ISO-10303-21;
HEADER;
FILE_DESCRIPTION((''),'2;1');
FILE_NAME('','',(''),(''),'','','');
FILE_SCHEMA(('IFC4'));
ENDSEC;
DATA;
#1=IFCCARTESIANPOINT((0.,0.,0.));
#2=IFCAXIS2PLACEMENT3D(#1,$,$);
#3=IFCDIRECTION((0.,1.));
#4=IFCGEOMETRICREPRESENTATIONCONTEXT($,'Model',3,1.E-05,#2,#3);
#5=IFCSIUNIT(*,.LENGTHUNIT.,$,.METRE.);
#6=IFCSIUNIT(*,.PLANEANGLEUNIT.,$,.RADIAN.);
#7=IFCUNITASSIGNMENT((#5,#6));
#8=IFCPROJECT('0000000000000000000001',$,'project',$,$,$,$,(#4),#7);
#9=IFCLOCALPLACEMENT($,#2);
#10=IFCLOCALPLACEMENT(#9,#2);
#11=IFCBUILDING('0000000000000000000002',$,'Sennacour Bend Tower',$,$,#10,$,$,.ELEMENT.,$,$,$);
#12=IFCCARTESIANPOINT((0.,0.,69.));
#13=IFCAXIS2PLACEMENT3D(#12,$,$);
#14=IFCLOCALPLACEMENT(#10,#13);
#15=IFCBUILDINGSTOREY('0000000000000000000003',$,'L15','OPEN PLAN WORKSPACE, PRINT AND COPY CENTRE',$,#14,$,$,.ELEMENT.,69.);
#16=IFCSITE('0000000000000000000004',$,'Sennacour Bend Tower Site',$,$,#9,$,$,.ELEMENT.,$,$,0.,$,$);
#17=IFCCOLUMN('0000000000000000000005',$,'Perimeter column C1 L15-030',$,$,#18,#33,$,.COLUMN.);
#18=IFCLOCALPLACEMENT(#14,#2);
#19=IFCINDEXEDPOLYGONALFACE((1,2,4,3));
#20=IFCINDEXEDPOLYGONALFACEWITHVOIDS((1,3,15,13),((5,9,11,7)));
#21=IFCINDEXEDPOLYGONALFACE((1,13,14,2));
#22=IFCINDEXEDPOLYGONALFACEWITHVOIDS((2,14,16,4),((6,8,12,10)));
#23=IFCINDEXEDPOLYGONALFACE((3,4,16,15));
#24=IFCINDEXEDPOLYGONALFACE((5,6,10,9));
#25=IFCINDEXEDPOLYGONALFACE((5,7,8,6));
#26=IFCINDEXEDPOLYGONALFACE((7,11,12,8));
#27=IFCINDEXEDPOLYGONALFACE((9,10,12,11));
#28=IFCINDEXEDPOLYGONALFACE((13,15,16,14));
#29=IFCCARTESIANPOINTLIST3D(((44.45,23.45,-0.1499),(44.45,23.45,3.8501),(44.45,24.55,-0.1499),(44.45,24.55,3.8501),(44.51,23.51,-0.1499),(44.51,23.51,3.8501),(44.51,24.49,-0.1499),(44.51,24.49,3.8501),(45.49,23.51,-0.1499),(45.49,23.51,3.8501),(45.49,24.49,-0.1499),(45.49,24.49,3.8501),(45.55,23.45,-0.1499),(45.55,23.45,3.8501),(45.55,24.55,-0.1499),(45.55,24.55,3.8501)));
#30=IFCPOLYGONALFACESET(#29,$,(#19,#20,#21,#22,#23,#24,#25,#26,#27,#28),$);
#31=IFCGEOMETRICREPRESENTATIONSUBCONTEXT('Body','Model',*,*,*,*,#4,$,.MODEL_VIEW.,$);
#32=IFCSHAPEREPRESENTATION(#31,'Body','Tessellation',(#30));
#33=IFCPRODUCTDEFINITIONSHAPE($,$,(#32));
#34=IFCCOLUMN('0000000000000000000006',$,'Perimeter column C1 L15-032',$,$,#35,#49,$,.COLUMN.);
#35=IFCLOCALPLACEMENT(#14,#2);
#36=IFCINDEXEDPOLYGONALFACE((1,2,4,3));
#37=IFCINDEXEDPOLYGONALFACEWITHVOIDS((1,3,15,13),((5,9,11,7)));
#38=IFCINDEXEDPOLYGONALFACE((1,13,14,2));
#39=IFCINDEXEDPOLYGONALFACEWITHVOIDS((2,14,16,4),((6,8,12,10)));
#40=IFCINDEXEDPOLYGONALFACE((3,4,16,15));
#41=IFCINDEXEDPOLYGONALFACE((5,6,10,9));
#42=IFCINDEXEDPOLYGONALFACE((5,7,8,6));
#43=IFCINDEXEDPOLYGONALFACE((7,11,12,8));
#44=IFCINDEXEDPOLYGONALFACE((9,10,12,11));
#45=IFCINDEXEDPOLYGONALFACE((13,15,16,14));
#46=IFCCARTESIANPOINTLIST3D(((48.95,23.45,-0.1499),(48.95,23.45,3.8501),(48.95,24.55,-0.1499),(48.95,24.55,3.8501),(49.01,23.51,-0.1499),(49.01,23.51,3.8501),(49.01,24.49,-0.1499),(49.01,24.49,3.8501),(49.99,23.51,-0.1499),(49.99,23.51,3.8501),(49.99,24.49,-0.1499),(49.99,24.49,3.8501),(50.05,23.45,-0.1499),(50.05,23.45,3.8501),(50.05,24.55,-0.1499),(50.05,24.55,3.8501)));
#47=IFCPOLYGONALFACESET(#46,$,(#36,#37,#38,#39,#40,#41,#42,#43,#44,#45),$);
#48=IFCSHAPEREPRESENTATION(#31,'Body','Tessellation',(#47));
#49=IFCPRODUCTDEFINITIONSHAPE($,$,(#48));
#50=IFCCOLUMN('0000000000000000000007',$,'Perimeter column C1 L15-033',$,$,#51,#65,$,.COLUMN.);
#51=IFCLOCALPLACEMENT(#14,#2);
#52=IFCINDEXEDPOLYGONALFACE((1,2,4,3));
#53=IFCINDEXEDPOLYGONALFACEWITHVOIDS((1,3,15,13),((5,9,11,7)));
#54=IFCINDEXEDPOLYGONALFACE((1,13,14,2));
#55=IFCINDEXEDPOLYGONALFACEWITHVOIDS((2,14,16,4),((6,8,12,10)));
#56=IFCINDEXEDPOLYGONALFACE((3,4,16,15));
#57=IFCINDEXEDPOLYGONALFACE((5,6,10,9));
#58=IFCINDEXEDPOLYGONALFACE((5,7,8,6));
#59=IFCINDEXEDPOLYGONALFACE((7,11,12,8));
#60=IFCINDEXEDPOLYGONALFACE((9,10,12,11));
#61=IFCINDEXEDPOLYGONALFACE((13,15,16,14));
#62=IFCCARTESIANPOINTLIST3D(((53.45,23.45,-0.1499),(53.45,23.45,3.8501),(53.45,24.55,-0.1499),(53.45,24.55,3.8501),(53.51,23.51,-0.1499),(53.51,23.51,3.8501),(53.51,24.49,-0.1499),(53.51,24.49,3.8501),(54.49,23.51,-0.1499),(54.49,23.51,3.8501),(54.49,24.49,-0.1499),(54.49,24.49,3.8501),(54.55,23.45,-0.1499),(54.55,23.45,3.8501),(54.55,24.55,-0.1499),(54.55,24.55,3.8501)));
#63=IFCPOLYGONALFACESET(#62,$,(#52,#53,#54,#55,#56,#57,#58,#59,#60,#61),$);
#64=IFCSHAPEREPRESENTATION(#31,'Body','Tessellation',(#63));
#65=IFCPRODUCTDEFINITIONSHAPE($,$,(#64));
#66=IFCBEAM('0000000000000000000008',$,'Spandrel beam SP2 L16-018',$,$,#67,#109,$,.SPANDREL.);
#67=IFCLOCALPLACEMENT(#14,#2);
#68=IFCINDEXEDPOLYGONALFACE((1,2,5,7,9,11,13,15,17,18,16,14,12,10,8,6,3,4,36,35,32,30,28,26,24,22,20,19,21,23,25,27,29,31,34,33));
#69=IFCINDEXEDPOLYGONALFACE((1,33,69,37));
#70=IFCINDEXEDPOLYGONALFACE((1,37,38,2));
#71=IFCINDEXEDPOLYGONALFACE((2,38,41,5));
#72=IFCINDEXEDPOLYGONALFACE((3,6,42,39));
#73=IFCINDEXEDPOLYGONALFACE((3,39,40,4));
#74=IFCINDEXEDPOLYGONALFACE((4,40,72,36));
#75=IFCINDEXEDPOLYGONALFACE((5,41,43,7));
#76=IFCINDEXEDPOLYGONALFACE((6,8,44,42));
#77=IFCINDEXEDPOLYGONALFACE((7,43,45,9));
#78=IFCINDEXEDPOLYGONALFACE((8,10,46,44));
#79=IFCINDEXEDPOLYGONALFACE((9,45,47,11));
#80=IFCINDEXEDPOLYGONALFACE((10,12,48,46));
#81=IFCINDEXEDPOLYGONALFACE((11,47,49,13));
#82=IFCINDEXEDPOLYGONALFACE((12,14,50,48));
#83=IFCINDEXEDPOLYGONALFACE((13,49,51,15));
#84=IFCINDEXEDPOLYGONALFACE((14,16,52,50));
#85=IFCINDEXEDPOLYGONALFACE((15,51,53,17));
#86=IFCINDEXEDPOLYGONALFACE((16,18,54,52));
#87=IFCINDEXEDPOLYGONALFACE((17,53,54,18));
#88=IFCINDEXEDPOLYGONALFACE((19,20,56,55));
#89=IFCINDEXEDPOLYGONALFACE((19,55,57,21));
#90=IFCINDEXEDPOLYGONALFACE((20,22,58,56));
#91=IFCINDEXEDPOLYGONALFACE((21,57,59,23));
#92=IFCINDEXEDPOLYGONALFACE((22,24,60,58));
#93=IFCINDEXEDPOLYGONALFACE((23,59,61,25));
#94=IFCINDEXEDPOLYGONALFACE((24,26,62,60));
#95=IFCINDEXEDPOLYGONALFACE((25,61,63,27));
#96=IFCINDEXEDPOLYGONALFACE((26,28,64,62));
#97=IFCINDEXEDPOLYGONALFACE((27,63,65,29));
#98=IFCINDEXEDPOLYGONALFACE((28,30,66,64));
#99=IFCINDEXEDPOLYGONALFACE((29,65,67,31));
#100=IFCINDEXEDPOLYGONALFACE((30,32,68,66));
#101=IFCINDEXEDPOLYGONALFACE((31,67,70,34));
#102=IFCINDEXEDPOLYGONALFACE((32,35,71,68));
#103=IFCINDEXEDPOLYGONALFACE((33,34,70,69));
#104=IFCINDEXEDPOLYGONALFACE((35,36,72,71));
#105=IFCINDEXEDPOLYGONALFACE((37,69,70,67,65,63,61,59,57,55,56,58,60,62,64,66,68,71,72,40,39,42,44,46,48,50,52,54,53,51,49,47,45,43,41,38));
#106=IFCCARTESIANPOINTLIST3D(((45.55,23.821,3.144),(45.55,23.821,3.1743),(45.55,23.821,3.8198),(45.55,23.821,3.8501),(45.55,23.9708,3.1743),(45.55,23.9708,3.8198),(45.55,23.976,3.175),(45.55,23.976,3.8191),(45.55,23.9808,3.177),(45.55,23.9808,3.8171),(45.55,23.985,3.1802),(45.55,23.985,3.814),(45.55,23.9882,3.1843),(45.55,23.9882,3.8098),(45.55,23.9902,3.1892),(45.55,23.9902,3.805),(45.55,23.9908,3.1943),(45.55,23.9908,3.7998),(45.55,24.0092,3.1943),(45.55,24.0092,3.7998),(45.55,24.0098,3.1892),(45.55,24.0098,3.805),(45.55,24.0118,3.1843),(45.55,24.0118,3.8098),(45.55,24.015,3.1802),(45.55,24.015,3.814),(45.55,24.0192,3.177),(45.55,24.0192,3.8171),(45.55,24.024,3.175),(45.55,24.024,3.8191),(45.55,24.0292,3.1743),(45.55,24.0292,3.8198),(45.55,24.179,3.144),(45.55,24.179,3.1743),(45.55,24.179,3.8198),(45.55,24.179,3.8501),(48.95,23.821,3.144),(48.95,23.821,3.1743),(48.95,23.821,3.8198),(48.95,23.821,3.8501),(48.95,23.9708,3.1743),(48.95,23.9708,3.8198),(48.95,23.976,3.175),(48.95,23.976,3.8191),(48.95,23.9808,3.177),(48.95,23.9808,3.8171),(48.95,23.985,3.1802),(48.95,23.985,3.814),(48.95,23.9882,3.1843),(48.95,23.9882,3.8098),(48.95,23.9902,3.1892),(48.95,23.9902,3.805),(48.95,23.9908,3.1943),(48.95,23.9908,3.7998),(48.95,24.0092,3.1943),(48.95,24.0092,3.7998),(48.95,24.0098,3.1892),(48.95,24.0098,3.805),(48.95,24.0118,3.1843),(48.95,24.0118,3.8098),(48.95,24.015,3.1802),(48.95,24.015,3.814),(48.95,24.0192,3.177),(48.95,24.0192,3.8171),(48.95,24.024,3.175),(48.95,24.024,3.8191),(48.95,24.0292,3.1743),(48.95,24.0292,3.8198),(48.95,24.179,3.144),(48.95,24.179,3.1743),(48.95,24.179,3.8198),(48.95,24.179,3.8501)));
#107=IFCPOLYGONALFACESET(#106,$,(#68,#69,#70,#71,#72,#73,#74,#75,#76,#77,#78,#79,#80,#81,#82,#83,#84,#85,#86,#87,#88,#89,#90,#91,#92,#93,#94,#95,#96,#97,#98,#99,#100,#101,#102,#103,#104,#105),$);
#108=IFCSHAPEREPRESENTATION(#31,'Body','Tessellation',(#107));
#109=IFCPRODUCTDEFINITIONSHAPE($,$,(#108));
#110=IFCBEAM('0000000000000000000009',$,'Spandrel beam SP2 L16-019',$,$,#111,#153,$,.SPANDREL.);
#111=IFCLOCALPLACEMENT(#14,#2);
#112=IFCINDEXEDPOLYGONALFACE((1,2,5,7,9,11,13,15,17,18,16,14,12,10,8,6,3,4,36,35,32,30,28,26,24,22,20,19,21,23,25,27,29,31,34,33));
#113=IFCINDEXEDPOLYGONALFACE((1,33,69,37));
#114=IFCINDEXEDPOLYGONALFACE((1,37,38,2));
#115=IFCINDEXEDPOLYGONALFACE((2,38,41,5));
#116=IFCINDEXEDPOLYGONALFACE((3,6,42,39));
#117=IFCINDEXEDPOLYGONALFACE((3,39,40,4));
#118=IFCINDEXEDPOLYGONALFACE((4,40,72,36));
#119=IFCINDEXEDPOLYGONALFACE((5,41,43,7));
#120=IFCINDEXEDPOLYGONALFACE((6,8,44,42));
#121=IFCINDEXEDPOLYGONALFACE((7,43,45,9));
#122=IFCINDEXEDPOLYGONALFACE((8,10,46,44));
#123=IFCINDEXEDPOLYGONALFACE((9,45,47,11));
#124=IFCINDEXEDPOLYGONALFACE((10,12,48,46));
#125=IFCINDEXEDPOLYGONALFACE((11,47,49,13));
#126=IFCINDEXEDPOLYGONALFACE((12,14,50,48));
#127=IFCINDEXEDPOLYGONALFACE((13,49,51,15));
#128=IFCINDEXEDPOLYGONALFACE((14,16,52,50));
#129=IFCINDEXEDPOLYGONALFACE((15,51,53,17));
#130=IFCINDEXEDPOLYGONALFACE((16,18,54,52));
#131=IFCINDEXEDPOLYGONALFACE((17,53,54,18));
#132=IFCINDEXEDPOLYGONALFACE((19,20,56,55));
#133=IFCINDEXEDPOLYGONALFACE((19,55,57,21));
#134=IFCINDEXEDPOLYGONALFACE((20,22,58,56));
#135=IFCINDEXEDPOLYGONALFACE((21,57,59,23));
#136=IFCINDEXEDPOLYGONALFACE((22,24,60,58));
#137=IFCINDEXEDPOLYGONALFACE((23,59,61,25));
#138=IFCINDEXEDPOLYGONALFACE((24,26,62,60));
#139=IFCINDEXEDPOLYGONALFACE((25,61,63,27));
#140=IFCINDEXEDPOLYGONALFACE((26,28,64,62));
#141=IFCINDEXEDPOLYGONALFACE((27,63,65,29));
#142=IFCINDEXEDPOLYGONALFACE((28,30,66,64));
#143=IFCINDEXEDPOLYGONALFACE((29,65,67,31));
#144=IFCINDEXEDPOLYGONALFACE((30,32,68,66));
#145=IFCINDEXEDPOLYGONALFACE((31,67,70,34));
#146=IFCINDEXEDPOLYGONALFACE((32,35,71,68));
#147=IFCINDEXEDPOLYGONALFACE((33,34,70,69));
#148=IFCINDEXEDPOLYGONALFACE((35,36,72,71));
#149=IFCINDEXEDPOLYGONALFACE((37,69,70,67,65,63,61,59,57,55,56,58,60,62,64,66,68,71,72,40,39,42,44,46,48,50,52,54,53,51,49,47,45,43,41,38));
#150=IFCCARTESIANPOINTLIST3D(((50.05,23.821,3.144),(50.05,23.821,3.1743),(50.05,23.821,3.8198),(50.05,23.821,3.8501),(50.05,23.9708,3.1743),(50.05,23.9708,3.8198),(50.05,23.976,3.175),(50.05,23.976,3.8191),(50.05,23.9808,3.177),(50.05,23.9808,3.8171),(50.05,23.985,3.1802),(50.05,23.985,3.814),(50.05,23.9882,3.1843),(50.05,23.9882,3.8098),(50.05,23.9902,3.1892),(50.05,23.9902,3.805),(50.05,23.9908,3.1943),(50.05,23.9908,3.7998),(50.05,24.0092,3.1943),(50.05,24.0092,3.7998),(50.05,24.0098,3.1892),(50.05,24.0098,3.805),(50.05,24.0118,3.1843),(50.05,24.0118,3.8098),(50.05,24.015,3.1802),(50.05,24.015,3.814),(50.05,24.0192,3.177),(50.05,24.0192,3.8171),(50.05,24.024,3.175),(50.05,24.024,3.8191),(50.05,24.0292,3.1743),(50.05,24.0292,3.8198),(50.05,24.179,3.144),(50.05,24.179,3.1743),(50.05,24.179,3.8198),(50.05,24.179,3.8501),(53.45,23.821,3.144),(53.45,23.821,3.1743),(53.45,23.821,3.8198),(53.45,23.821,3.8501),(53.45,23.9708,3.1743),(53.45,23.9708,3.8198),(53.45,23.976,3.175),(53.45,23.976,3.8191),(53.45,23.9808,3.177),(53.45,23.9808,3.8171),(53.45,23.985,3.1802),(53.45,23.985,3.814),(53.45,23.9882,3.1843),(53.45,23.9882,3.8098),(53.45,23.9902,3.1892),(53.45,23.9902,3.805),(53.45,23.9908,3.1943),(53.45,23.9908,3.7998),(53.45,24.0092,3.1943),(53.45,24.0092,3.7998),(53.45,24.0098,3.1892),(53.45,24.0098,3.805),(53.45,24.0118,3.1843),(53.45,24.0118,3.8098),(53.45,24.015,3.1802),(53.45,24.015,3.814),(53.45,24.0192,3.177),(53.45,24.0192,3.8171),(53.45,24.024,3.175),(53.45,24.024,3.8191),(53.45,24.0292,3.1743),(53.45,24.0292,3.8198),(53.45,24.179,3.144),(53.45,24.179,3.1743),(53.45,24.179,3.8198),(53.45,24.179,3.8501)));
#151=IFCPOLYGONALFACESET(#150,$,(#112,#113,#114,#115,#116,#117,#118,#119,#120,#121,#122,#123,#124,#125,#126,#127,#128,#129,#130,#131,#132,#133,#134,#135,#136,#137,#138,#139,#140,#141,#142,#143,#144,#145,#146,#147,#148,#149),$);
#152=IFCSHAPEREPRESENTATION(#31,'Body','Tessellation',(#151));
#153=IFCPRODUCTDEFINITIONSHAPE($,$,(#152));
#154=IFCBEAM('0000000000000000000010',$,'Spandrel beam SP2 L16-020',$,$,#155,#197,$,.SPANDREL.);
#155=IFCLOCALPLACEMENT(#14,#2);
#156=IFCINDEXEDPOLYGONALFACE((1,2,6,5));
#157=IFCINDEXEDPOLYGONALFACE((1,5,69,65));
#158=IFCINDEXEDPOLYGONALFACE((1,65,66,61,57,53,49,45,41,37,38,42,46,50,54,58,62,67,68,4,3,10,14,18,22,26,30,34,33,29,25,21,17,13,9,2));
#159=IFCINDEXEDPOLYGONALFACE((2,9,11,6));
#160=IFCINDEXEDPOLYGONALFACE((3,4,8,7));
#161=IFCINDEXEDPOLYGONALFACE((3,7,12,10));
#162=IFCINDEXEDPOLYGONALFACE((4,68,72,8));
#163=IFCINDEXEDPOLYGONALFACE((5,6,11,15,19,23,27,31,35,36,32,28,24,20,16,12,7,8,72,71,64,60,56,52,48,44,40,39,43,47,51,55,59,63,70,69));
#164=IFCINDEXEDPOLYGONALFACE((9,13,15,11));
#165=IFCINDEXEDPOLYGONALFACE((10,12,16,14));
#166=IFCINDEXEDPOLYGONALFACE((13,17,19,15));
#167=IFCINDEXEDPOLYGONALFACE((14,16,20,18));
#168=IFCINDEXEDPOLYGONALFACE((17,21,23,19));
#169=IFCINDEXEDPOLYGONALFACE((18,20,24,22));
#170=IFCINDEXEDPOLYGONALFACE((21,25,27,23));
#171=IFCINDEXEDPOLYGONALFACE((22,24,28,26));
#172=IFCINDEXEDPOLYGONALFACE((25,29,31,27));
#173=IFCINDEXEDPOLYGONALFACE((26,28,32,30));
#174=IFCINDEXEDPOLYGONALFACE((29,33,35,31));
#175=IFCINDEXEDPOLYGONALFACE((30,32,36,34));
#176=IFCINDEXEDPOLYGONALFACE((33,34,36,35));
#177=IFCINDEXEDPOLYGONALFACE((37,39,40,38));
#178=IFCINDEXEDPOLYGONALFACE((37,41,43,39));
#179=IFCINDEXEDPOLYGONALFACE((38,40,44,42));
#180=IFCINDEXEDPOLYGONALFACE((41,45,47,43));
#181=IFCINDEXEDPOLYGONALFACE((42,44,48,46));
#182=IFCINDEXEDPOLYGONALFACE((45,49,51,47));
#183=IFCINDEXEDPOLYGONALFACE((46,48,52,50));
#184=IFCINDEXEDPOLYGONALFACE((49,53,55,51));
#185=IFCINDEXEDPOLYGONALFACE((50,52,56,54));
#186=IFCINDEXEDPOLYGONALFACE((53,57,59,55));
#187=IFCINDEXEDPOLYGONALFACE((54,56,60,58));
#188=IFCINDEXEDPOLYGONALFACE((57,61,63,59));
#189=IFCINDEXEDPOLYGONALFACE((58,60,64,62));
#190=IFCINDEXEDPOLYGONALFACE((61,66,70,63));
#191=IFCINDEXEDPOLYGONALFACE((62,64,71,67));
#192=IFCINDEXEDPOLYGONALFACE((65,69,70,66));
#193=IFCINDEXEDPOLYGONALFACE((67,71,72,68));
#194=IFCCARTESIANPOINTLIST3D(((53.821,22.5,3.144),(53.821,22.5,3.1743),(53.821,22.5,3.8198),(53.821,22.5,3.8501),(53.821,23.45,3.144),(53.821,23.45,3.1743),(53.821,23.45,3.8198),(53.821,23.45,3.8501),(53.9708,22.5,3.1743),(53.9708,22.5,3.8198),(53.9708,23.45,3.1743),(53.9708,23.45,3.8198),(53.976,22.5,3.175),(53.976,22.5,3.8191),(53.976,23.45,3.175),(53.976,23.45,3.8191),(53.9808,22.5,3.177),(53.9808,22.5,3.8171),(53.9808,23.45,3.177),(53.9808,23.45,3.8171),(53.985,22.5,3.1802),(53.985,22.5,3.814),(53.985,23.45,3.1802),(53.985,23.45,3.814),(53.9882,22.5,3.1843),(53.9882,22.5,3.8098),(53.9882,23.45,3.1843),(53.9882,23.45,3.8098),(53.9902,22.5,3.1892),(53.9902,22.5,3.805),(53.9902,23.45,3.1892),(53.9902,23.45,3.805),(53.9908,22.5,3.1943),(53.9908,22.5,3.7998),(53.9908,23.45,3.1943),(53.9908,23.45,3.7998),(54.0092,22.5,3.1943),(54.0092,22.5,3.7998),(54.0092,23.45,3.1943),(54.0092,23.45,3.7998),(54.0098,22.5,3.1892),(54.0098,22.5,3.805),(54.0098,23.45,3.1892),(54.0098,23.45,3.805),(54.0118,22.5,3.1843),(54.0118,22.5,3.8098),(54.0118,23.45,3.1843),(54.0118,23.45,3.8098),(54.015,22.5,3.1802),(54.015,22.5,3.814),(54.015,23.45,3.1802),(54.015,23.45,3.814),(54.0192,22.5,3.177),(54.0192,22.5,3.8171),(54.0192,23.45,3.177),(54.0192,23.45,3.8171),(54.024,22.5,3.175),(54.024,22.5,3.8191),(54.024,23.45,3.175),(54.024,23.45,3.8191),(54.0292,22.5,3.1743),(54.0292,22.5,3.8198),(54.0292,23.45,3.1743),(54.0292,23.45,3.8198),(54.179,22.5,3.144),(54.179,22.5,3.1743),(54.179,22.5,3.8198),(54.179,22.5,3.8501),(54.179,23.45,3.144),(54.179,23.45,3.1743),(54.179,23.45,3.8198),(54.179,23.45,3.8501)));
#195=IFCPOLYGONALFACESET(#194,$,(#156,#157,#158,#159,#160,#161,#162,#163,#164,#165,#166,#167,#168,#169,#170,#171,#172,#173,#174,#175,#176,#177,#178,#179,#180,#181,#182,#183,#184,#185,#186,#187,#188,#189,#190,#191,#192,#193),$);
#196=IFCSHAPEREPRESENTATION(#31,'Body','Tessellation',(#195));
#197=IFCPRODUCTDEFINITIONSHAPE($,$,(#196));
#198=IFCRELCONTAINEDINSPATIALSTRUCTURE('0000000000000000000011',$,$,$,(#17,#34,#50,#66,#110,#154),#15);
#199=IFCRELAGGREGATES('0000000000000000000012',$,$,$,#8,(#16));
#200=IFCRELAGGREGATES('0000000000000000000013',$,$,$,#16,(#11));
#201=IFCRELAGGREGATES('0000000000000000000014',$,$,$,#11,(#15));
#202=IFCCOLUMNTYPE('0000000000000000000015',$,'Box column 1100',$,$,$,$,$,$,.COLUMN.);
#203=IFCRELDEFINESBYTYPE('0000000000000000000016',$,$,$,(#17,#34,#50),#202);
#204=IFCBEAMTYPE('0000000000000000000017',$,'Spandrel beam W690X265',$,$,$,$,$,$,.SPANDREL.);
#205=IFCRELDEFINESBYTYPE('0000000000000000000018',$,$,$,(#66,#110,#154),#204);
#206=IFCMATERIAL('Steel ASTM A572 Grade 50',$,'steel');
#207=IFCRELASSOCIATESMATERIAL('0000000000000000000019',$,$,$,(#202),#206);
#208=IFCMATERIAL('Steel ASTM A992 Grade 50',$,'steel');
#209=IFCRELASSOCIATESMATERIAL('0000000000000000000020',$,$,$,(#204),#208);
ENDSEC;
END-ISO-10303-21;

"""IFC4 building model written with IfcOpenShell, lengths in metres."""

from ifc_helpers import new_model, si_unit, direction, frame, origin, origin_2d, place, context, subcontext, project, spatial, hollow_rectangle, i_section, extrude, material, material_profile, profile_set, type_object, element, save


model = new_model("IFC4")

# Units and contexts
model_context = context("Model", 3, precision=1e-05, world=origin(), true_north=direction((0.0, 1.0)))
body_context = subcontext(model_context, "Body", "Model", "MODEL_VIEW")
ifc_project = project(units=[si_unit("LENGTHUNIT", "METRE"), si_unit("PLANEANGLEUNIT", "RADIAN")], contexts=[model_context])

# Site, building, storey
site_placement = place(None, origin())
site = spatial("IfcSite", under=ifc_project, at=site_placement, Name="Sennacour Bend Tower Site", CompositionType="ELEMENT", RefElevation=0.0)
building_placement = place(site_placement, origin())
building = spatial("IfcBuilding", under=site, at=building_placement, Name="Sennacour Bend Tower", CompositionType="ELEMENT")
storey_placement = place(building_placement, frame((0.0, 0.0, 69.0)))
storey = spatial("IfcBuildingStorey", under=building, at=storey_placement, Name="L15", Description="OPEN PLAN WORKSPACE, PRINT AND COPY CENTRE", CompositionType="ELEMENT", Elevation=69.0)

# Columns
ifc_material_1 = material(Name="Steel ASTM A572 Grade 50", Category="steel")
ifc_material_profile_1 = material_profile(ifc_material_1, hollow_rectangle(XDim=1.1001, YDim=1.1001, WallThickness=0.0601, at=origin_2d()), Name="Steel ASTM A572 Grade 50", Category="steel")
ifc_profile_set_1 = profile_set([ifc_material_profile_1], Name="Steel ASTM A572 Grade 50")
column_type = type_object("IfcColumnType", Name="Box column 1100", PredefinedType="COLUMN", material=ifc_profile_set_1)
for number, where, z_axis, x_axis, name in (
    (1, (45.0, 24.0, -0.1499), (0.0, 0.0, 1.0), (1.0, 0.0, 0.0), "Perimeter column C1 L15-030"),
    (2, (49.5, 24.0, -0.1499), (0.0, 0.0, 1.0), (1.0, 0.0, 0.0), "Perimeter column C1 L15-032"),
    (3, (54.0, 24.0, -0.1499), (0.0, 0.0, 1.0), (1.0, 0.0, 0.0), "Perimeter column C1 L15-033"),
):
    element("IfcColumn", number, at=place(storey_placement, frame(where, z_axis=z_axis, x_axis=x_axis)), inside=storey, type_object=column_type, Name=name, PredefinedType="COLUMN", context=body_context, shape_type="SweptSolid", body=[
        extrude(hollow_rectangle(XDim=1.1001, YDim=1.1001, WallThickness=0.0601, at=origin_2d()), origin(), (0.0, 0.0, 1.0), 4.0),
    ])

# Beams
ifc_material_2 = material(Name="Steel ASTM A992 Grade 50", Category="steel")
ifc_material_profile_2 = material_profile(ifc_material_2, i_section(OverallWidth=0.3579, OverallDepth=0.7061, WebThickness=0.0183, FlangeThickness=0.0303, FilletRadius=0.02, at=origin_2d()), Name="Steel ASTM A992 Grade 50", Category="steel")
ifc_profile_set_2 = profile_set([ifc_material_profile_2], Name="Steel ASTM A992 Grade 50")
beam_type = type_object("IfcBeamType", Name="Spandrel beam W690X265", PredefinedType="SPANDREL", material=ifc_profile_set_2)
for number, where, z_axis, x_axis, name in (
    (4, (45.55, 24.0, 3.4971), (1.0, 0.0, 0.0), (0.0, 1.0, 0.0), "Spandrel beam SP2 L16-018"),
    (5, (50.05, 24.0, 3.4971), (1.0, 0.0, 0.0), (0.0, 1.0, 0.0), "Spandrel beam SP2 L16-019"),
):
    element("IfcBeam", number, at=place(storey_placement, frame(where, z_axis=z_axis, x_axis=x_axis)), inside=storey, type_object=beam_type, Name=name, PredefinedType="SPANDREL", context=body_context, shape_type="SweptSolid", body=[
        extrude(i_section(OverallWidth=0.3579, OverallDepth=0.7061, WebThickness=0.0183, FlangeThickness=0.0303, FilletRadius=0.02, at=origin_2d()), origin(), (0.0, 0.0, 1.0), 3.3999),
    ])
beam_placement = place(storey_placement, frame((54.0, 23.45, 3.4971), z_axis=(0.0, -1.0, 0.0), x_axis=(1.0, 0.0, 0.0)))
element("IfcBeam", 6, at=beam_placement, inside=storey, type_object=beam_type, Name="Spandrel beam SP2 L16-020", PredefinedType="SPANDREL", context=body_context, shape_type="SweptSolid", body=[
    extrude(i_section(OverallWidth=0.3579, OverallDepth=0.7061, WebThickness=0.0183, FlangeThickness=0.0303, FilletRadius=0.02, at=origin_2d()), origin(), (0.0, 0.0, 1.0), 0.95),
])

save(model, "model.ifc")
